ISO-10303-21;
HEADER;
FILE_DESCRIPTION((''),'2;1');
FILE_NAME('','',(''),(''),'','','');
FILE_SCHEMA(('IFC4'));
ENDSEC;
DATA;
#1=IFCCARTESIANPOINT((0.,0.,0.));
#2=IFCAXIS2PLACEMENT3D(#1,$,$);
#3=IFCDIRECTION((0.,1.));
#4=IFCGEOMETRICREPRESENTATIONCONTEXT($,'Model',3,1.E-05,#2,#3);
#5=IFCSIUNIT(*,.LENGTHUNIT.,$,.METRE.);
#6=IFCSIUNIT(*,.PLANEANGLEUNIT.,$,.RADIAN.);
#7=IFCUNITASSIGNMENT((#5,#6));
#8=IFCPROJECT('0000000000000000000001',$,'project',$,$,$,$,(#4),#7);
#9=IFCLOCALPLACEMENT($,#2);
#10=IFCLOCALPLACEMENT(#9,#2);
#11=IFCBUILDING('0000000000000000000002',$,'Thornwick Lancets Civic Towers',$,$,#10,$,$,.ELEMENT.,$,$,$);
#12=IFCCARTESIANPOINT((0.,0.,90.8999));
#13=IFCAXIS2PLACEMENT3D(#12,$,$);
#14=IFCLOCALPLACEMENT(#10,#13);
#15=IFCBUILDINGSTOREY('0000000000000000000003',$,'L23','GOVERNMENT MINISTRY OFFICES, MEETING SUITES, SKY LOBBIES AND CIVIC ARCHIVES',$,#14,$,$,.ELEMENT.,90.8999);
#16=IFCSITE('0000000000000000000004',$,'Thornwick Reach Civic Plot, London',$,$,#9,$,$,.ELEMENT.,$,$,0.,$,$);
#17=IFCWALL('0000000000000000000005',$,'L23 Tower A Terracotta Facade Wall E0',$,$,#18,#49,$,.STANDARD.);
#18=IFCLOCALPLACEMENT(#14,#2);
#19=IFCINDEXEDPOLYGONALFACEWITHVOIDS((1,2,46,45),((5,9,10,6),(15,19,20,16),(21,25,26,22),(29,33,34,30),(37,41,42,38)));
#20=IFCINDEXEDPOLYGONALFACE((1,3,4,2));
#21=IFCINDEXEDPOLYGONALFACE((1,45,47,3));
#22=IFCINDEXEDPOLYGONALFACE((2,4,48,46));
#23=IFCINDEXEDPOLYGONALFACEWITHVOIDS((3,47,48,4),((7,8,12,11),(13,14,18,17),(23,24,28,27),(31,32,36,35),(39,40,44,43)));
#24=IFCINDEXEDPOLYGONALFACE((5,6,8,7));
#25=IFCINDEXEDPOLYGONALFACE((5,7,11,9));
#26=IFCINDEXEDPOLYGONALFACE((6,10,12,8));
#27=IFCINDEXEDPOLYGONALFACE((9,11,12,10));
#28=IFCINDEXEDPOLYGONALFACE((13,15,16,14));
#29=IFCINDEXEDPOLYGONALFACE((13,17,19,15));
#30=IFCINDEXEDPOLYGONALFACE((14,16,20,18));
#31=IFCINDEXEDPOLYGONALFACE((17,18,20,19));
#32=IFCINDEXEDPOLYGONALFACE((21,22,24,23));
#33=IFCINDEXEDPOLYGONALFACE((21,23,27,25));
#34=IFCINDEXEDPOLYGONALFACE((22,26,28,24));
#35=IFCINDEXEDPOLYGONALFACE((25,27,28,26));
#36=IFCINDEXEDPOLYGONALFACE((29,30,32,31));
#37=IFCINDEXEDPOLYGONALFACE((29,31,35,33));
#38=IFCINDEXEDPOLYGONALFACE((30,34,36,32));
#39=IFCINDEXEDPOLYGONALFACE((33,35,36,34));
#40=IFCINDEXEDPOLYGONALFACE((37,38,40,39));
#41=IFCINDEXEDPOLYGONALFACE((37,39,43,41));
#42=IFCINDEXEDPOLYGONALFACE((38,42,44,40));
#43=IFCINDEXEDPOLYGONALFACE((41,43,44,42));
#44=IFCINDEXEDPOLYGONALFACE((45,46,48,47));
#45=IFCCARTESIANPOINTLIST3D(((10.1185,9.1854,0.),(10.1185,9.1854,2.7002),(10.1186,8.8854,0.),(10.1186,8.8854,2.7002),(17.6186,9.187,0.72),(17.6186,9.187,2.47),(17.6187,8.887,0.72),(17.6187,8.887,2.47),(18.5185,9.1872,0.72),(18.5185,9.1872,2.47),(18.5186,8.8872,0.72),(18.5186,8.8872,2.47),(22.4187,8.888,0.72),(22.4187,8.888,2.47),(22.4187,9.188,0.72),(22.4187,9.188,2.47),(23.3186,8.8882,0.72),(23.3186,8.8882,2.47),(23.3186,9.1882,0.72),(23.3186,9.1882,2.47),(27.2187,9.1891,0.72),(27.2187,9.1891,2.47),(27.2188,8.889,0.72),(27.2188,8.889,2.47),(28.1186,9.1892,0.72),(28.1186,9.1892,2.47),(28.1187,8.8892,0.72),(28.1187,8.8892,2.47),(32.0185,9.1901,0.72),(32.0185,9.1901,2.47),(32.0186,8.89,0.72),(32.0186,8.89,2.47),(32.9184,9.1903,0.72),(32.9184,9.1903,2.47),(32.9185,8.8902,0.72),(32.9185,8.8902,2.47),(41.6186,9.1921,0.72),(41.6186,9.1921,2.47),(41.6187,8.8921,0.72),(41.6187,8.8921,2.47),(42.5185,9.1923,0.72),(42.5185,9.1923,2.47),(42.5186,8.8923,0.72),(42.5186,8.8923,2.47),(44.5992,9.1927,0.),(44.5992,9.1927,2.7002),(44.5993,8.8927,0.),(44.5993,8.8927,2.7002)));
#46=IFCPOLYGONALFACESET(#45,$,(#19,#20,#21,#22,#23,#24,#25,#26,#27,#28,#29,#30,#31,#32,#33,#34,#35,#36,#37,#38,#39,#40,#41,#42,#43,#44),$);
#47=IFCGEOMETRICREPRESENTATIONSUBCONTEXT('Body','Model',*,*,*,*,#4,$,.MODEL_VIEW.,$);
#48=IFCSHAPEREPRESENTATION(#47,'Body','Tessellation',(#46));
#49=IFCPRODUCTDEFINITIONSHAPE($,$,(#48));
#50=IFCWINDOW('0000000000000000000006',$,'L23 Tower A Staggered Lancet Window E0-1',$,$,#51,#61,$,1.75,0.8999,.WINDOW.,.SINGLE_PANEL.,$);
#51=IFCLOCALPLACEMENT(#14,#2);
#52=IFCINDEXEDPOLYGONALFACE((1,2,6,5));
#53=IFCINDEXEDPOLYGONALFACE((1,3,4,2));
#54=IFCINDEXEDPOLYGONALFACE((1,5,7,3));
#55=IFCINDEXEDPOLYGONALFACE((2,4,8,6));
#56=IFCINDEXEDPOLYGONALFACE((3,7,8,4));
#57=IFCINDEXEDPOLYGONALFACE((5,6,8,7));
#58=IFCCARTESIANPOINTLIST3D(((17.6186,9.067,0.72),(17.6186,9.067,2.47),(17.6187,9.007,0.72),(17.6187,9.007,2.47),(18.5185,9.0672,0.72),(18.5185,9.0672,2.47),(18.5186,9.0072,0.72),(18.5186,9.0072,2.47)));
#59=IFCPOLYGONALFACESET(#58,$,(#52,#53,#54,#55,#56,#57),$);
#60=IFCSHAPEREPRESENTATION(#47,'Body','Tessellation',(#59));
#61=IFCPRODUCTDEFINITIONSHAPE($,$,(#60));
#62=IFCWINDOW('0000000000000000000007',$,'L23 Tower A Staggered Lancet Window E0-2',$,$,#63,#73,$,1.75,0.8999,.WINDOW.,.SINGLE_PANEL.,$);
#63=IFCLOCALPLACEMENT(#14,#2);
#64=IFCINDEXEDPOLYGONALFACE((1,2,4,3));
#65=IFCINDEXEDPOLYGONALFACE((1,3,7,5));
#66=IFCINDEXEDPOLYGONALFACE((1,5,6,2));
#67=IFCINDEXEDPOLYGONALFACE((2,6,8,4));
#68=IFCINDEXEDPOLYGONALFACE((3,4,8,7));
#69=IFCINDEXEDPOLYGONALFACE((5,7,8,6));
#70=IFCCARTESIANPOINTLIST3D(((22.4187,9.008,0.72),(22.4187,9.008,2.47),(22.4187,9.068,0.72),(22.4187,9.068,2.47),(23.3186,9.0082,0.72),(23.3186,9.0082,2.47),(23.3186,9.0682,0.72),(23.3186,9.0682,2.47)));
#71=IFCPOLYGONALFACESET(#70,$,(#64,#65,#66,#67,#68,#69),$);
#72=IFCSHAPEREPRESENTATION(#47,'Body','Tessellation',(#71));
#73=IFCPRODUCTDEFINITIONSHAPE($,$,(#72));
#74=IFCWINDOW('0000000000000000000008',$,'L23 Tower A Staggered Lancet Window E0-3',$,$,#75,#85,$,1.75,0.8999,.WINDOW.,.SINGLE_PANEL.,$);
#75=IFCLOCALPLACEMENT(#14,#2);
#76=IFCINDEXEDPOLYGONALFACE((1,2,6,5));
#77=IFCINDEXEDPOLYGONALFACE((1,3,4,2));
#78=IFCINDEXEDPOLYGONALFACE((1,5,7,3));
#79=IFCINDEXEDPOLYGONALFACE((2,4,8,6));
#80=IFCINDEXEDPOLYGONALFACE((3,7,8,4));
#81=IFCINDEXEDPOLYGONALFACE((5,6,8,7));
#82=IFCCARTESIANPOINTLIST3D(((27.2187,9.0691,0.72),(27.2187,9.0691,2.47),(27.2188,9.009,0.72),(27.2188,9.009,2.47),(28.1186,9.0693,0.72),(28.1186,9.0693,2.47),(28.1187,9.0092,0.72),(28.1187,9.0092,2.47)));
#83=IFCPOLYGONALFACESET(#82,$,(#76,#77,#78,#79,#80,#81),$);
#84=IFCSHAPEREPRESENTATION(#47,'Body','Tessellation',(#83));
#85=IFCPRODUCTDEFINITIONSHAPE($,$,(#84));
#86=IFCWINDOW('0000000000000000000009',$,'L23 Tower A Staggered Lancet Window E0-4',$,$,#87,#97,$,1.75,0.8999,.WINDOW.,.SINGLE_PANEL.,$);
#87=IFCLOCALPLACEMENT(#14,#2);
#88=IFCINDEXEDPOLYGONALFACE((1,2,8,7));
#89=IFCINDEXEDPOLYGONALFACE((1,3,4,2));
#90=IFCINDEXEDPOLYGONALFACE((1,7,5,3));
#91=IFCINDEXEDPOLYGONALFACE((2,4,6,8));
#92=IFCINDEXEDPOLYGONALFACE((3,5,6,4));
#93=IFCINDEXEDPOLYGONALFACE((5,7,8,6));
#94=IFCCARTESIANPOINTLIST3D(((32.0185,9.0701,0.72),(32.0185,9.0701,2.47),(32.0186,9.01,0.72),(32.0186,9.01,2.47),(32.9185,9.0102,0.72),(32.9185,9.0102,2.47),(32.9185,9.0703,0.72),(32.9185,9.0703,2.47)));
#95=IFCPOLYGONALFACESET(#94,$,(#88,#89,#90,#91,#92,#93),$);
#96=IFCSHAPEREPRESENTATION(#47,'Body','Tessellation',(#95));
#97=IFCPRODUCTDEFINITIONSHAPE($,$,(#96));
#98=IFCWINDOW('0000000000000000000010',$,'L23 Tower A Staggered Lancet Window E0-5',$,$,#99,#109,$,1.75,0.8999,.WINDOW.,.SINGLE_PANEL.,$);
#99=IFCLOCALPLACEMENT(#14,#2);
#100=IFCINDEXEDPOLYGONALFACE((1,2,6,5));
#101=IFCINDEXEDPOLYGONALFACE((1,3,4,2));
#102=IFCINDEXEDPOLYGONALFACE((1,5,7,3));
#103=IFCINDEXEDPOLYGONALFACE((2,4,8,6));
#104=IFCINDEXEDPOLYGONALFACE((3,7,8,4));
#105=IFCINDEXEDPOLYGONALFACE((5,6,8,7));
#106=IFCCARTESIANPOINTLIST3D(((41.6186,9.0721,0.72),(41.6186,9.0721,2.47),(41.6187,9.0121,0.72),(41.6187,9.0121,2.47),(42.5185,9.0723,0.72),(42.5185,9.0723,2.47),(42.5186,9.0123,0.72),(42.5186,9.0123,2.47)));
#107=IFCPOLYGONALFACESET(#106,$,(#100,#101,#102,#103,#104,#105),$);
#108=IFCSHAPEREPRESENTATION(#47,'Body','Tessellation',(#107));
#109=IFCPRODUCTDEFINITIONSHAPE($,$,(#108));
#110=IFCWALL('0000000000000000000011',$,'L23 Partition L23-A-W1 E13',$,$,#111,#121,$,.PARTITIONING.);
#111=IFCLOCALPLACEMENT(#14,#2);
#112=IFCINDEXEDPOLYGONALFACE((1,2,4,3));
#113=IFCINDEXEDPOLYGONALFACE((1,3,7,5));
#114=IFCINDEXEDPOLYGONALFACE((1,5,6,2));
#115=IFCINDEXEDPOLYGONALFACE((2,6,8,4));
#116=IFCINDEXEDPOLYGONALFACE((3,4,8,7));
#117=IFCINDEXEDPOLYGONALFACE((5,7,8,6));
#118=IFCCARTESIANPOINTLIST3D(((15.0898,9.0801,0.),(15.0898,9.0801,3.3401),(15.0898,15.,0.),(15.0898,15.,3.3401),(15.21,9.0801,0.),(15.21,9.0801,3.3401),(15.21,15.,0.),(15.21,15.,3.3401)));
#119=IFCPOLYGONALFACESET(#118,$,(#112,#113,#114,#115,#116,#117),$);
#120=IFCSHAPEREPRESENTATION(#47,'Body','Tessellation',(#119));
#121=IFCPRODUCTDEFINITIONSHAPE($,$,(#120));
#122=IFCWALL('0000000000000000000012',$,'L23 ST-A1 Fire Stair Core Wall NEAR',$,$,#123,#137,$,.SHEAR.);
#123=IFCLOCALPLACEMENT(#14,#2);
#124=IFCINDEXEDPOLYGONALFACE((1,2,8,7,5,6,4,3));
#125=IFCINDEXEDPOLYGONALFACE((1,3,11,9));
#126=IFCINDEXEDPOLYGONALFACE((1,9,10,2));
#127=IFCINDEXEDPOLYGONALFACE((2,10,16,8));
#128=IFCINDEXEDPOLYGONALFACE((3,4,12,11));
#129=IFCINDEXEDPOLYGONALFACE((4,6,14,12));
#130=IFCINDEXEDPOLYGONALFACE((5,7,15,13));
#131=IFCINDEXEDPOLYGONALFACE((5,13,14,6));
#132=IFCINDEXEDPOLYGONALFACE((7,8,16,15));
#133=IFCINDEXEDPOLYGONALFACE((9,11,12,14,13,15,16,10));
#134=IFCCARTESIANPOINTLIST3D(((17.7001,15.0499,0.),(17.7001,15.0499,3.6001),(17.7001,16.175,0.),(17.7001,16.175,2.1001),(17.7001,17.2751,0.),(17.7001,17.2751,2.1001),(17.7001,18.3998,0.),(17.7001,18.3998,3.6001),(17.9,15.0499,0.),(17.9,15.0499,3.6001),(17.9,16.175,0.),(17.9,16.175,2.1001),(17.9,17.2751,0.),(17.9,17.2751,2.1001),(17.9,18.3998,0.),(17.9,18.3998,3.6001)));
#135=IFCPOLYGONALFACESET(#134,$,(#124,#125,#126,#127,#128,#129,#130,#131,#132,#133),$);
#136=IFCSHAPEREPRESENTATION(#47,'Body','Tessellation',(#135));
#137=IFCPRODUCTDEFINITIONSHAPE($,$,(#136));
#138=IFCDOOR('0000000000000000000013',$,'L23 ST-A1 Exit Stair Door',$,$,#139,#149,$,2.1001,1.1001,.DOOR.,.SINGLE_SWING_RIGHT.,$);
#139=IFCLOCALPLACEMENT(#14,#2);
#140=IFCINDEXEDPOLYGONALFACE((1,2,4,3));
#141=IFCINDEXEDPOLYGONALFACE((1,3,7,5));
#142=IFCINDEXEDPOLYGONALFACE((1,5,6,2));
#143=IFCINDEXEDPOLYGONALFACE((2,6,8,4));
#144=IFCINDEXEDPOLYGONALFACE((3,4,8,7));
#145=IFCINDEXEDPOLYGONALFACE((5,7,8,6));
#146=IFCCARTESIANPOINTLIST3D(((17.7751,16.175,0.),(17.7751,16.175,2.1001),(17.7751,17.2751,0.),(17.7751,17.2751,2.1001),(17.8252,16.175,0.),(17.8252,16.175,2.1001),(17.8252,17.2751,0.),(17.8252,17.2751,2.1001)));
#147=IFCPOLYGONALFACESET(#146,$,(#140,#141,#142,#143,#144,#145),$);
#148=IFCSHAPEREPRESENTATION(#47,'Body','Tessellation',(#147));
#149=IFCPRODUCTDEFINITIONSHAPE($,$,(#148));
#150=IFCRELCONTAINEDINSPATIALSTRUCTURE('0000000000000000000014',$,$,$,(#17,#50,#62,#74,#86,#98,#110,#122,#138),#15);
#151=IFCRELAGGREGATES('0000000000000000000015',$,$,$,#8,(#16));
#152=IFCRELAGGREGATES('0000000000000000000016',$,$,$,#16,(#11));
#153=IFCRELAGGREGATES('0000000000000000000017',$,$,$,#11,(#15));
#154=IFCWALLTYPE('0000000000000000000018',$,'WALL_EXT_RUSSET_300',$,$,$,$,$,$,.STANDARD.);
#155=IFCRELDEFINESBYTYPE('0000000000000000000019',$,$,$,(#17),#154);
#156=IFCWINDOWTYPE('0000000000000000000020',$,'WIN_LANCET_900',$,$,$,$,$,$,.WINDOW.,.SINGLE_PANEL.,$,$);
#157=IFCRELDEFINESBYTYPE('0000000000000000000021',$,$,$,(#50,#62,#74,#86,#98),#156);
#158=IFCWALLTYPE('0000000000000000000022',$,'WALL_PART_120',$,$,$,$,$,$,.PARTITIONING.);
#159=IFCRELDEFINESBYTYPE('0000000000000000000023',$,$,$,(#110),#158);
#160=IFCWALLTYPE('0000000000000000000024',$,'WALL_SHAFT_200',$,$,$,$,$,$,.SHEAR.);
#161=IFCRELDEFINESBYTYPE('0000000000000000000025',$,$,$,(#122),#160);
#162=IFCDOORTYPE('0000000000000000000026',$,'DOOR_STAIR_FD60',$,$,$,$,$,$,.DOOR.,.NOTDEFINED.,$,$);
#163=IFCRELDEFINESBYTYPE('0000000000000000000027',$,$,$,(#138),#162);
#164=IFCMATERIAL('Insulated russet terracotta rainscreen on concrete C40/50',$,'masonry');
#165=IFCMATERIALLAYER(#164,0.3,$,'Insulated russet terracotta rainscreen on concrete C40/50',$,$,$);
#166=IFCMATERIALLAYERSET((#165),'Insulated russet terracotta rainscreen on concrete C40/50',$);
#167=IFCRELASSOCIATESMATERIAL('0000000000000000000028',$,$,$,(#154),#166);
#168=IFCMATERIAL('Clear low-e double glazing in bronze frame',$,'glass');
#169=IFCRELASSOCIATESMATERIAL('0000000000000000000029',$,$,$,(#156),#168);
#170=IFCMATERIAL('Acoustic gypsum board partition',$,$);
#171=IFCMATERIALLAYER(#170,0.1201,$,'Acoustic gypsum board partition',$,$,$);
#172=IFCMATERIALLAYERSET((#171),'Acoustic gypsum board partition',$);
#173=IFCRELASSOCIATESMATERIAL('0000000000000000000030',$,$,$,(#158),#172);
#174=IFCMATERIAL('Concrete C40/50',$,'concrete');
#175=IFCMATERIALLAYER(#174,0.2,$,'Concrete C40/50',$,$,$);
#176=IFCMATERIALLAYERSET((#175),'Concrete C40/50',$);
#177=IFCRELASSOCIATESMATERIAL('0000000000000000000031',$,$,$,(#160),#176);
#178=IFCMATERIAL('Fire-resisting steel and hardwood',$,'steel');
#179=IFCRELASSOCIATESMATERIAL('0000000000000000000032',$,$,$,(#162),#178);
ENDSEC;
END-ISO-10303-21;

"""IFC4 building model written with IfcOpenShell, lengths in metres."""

from ifc_helpers import new_model, si_unit, direction, frame, frame_2d, origin, place, context, subcontext, project, spatial, rectangle, extrude, material, layer, layer_set, type_object, element, fill, save


model = new_model("IFC4")

# Units and contexts
model_context = context("Model", 3, precision=1e-05, world=origin(), true_north=direction((0.0, 1.0)))
body_context = subcontext(model_context, "Body", "Model", "MODEL_VIEW")
ifc_project = project(units=[si_unit("LENGTHUNIT", "METRE"), si_unit("PLANEANGLEUNIT", "RADIAN")], contexts=[model_context])

# Site, building, storey
site_placement = place(None, origin())
site = spatial("IfcSite", under=ifc_project, at=site_placement, Name="Thornwick Reach Civic Plot, London", CompositionType="ELEMENT", RefElevation=0.0)
building_placement = place(site_placement, origin())
building = spatial("IfcBuilding", under=site, at=building_placement, Name="Thornwick Lancets Civic Towers", CompositionType="ELEMENT")
storey_placement = place(building_placement, frame((0.0, 0.0, 90.8999)))
storey = spatial("IfcBuildingStorey", under=building, at=storey_placement, Name="L23", Description="GOVERNMENT MINISTRY OFFICES, MEETING SUITES, SKY LOBBIES AND CIVIC ARCHIVES", CompositionType="ELEMENT", Elevation=90.8999)

# Shared definitions
ifc_material_1 = material(Name="Concrete C40/50", Category="concrete")

# Wall, openings, windows
ifc_material_2 = material(Name="Insulated russet terracotta rainscreen on concrete C40/50", Category="masonry")
ifc_layer_1 = layer(ifc_material_2, 0.3, Name="Insulated russet terracotta rainscreen on concrete C40/50")
ifc_layer_set_1 = layer_set([ifc_layer_1], Name="Insulated russet terracotta rainscreen on concrete C40/50")
wall_type_1 = type_object("IfcWallType", Name="WALL_EXT_RUSSET_300", PredefinedType="STANDARD", material=ifc_layer_set_1)
wall_1_placement = place(storey_placement, frame((10.1187, 9.0354, 0.0), z_axis=(0.0, 0.0, 1.0), x_axis=(1.0, 0.000212, 0.0)))
wall_1 = element("IfcWall", 1, at=wall_1_placement, inside=storey, type_object=wall_type_1, Name="L23 Tower A Terracotta Facade Wall E0", PredefinedType="STANDARD", context=body_context, shape_type="SweptSolid", body=[
    extrude(rectangle(XDim=34.4807, YDim=0.3, at=frame_2d((17.2402, 0.0))), origin(), (0.0, 0.0, 1.0), 2.7002),
])
opening_1_placement = place(wall_1_placement, frame((7.5, 0.0, 0.72)))
opening_1 = element("IfcOpeningElement", 2, at=opening_1_placement, cuts=wall_1, PredefinedType="OPENING", context=body_context, shape_type="SweptSolid", body=[
    extrude(rectangle(XDim=0.8999, YDim=1.75, at=frame_2d((0.45, 0.875))), frame((0.0, 0.1602, 0.0), z_axis=(0.0, -1.0, 0.0), x_axis=(1.0, 0.0, 0.0)), (0.0, 0.0, 1.0), 0.3201),
])
opening_2_placement = place(wall_1_placement, frame((12.3, 0.0, 0.72)))
opening_2 = element("IfcOpeningElement", 3, at=opening_2_placement, cuts=wall_1, PredefinedType="OPENING", context=body_context, shape_type="SweptSolid", body=[
    extrude(rectangle(XDim=0.8999, YDim=1.75, at=frame_2d((0.45, 0.875))), frame((0.0, 0.1602, 0.0), z_axis=(0.0, -1.0, 0.0), x_axis=(1.0, 0.0, 0.0)), (0.0, 0.0, 1.0), 0.3201),
])
opening_3_placement = place(wall_1_placement, frame((17.1001, 0.0, 0.72)))
opening_3 = element("IfcOpeningElement", 4, at=opening_3_placement, cuts=wall_1, PredefinedType="OPENING", context=body_context, shape_type="SweptSolid", body=[
    extrude(rectangle(XDim=0.8999, YDim=1.75, at=frame_2d((0.45, 0.875))), frame((0.0, 0.1602, 0.0), z_axis=(0.0, -1.0, 0.0), x_axis=(1.0, 0.0, 0.0)), (0.0, 0.0, 1.0), 0.3201),
])
opening_4_placement = place(wall_1_placement, frame((21.8999, 0.0, 0.72)))
opening_4 = element("IfcOpeningElement", 5, at=opening_4_placement, cuts=wall_1, PredefinedType="OPENING", context=body_context, shape_type="SweptSolid", body=[
    extrude(rectangle(XDim=0.8999, YDim=1.75, at=frame_2d((0.45, 0.875))), frame((0.0, 0.1602, 0.0), z_axis=(0.0, -1.0, 0.0), x_axis=(1.0, 0.0, 0.0)), (0.0, 0.0, 1.0), 0.3201),
])
opening_5_placement = place(wall_1_placement, frame((31.5, 0.0, 0.72)))
opening_5 = element("IfcOpeningElement", 6, at=opening_5_placement, cuts=wall_1, PredefinedType="OPENING", context=body_context, shape_type="SweptSolid", body=[
    extrude(rectangle(XDim=0.8999, YDim=1.75, at=frame_2d((0.45, 0.875))), frame((0.0, 0.1602, 0.0), z_axis=(0.0, -1.0, 0.0), x_axis=(1.0, 0.0, 0.0)), (0.0, 0.0, 1.0), 0.3201),
])
ifc_material_3 = material(Name="Clear low-e double glazing in bronze frame", Category="glass")
window_type = type_object("IfcWindowType", Name="WIN_LANCET_900", PartitioningType="SINGLE_PANEL", PredefinedType="WINDOW", material=ifc_material_3)
window_1_placement = place(opening_1_placement, origin())
window_1 = element("IfcWindow", 7, at=window_1_placement, inside=storey, type_object=window_type, Name="L23 Tower A Staggered Lancet Window E0-1", OverallHeight=1.75, OverallWidth=0.8999, PartitioningType="SINGLE_PANEL", PredefinedType="WINDOW", context=body_context, shape_type="SweptSolid", body=[
    extrude(rectangle(XDim=0.8999, YDim=1.75, at=frame_2d((0.45, 0.875))), frame((0.0, 0.03, 0.0), z_axis=(0.0, -1.0, 0.0), x_axis=(1.0, 0.0, 0.0)), (0.0, 0.0, 1.0), 0.0601),
])
fill(opening_1, window_1)
window_2_placement = place(opening_2_placement, origin())
window_2 = element("IfcWindow", 8, at=window_2_placement, inside=storey, type_object=window_type, Name="L23 Tower A Staggered Lancet Window E0-2", OverallHeight=1.75, OverallWidth=0.8999, PartitioningType="SINGLE_PANEL", PredefinedType="WINDOW", context=body_context, shape_type="SweptSolid", body=[
    extrude(rectangle(XDim=0.8999, YDim=1.75, at=frame_2d((0.45, 0.875))), frame((0.0, 0.03, 0.0), z_axis=(0.0, -1.0, 0.0), x_axis=(1.0, 0.0, 0.0)), (0.0, 0.0, 1.0), 0.0601),
])
fill(opening_2, window_2)
window_3_placement = place(opening_3_placement, origin())
window_3 = element("IfcWindow", 9, at=window_3_placement, inside=storey, type_object=window_type, Name="L23 Tower A Staggered Lancet Window E0-3", OverallHeight=1.75, OverallWidth=0.8999, PartitioningType="SINGLE_PANEL", PredefinedType="WINDOW", context=body_context, shape_type="SweptSolid", body=[
    extrude(rectangle(XDim=0.8999, YDim=1.75, at=frame_2d((0.45, 0.875))), frame((0.0, 0.03, 0.0), z_axis=(0.0, -1.0, 0.0), x_axis=(1.0, 0.0, 0.0)), (0.0, 0.0, 1.0), 0.0601),
])
fill(opening_3, window_3)
window_4_placement = place(opening_4_placement, origin())
window_4 = element("IfcWindow", 10, at=window_4_placement, inside=storey, type_object=window_type, Name="L23 Tower A Staggered Lancet Window E0-4", OverallHeight=1.75, OverallWidth=0.8999, PartitioningType="SINGLE_PANEL", PredefinedType="WINDOW", context=body_context, shape_type="SweptSolid", body=[
    extrude(rectangle(XDim=0.8999, YDim=1.75, at=frame_2d((0.45, 0.875))), frame((0.0, 0.03, 0.0), z_axis=(0.0, -1.0, 0.0), x_axis=(1.0, 0.0, 0.0)), (0.0, 0.0, 1.0), 0.0601),
])
fill(opening_4, window_4)
window_5_placement = place(opening_5_placement, origin())
window_5 = element("IfcWindow", 11, at=window_5_placement, inside=storey, type_object=window_type, Name="L23 Tower A Staggered Lancet Window E0-5", OverallHeight=1.75, OverallWidth=0.8999, PartitioningType="SINGLE_PANEL", PredefinedType="WINDOW", context=body_context, shape_type="SweptSolid", body=[
    extrude(rectangle(XDim=0.8999, YDim=1.75, at=frame_2d((0.45, 0.875))), frame((0.0, 0.03, 0.0), z_axis=(0.0, -1.0, 0.0), x_axis=(1.0, 0.0, 0.0)), (0.0, 0.0, 1.0), 0.0601),
])
fill(opening_5, window_5)

# Wall
ifc_material_4 = material(Name="Acoustic gypsum board partition")
ifc_layer_2 = layer(ifc_material_4, 0.1201, Name="Acoustic gypsum board partition")
ifc_layer_set_2 = layer_set([ifc_layer_2], Name="Acoustic gypsum board partition")
wall_type_2 = type_object("IfcWallType", Name="WALL_PART_120", PredefinedType="PARTITIONING", material=ifc_layer_set_2)
wall_2_placement = place(storey_placement, frame((15.1499, 15.0, 0.0), z_axis=(0.0, 0.0, 1.0), x_axis=(0.0, -1.0, 0.0)))
element("IfcWall", 12, at=wall_2_placement, inside=storey, type_object=wall_type_2, Name="L23 Partition L23-A-W1 E13", PredefinedType="PARTITIONING", context=body_context, shape_type="SweptSolid", body=[
    extrude(rectangle(XDim=5.9199, YDim=0.1201, at=frame_2d((2.96, 0.0))), origin(), (0.0, 0.0, 1.0), 3.3401),
])

# Wall, opening, door
ifc_layer_3 = layer(ifc_material_1, 0.2, Name="Concrete C40/50")
ifc_layer_set_3 = layer_set([ifc_layer_3], Name="Concrete C40/50")
wall_type_3 = type_object("IfcWallType", Name="WALL_SHAFT_200", PredefinedType="SHEAR", material=ifc_layer_set_3)
wall_3_placement = place(storey_placement, frame((17.8, 15.05, 0.0), z_axis=(0.0, 0.0, 1.0), x_axis=(0.0, 1.0, 0.0)))
wall_3 = element("IfcWall", 13, at=wall_3_placement, inside=storey, type_object=wall_type_3, Name="L23 ST-A1 Fire Stair Core Wall NEAR", PredefinedType="SHEAR", context=body_context, shape_type="SweptSolid", body=[
    extrude(rectangle(XDim=3.3499, YDim=0.2, at=frame_2d((1.6748, 0.0))), origin(), (0.0, 0.0, 1.0), 3.6001),
])
opening_6_placement = place(wall_3_placement, frame((1.125, 0.0, 0.0)))
opening_6 = element("IfcOpeningElement", 14, at=opening_6_placement, cuts=wall_3, PredefinedType="OPENING", context=body_context, shape_type="SweptSolid", body=[
    extrude(rectangle(XDim=1.1001, YDim=2.1001, at=frame_2d((0.55, 1.05))), frame((0.0, 0.1099, 0.0), z_axis=(0.0, -1.0, 0.0), x_axis=(1.0, 0.0, 0.0)), (0.0, 0.0, 1.0), 0.22),
])
ifc_material_5 = material(Name="Fire-resisting steel and hardwood", Category="steel")
door_type = type_object("IfcDoorType", Name="DOOR_STAIR_FD60", OperationType="NOTDEFINED", PredefinedType="DOOR", material=ifc_material_5)
door_placement = place(opening_6_placement, origin())
door = element("IfcDoor", 15, at=door_placement, inside=storey, type_object=door_type, Name="L23 ST-A1 Exit Stair Door", OperationType="SINGLE_SWING_RIGHT", OverallHeight=2.1001, OverallWidth=1.1001, PredefinedType="DOOR", context=body_context, shape_type="SweptSolid", body=[
    extrude(rectangle(XDim=1.1001, YDim=2.1001, at=frame_2d((0.55, 1.05))), frame((0.0, 0.0249, 0.0), z_axis=(0.0, -1.0, 0.0), x_axis=(1.0, 0.0, 0.0)), (0.0, 0.0, 1.0), 0.05),
])
fill(opening_6, door)

save(model, "model.ifc")
